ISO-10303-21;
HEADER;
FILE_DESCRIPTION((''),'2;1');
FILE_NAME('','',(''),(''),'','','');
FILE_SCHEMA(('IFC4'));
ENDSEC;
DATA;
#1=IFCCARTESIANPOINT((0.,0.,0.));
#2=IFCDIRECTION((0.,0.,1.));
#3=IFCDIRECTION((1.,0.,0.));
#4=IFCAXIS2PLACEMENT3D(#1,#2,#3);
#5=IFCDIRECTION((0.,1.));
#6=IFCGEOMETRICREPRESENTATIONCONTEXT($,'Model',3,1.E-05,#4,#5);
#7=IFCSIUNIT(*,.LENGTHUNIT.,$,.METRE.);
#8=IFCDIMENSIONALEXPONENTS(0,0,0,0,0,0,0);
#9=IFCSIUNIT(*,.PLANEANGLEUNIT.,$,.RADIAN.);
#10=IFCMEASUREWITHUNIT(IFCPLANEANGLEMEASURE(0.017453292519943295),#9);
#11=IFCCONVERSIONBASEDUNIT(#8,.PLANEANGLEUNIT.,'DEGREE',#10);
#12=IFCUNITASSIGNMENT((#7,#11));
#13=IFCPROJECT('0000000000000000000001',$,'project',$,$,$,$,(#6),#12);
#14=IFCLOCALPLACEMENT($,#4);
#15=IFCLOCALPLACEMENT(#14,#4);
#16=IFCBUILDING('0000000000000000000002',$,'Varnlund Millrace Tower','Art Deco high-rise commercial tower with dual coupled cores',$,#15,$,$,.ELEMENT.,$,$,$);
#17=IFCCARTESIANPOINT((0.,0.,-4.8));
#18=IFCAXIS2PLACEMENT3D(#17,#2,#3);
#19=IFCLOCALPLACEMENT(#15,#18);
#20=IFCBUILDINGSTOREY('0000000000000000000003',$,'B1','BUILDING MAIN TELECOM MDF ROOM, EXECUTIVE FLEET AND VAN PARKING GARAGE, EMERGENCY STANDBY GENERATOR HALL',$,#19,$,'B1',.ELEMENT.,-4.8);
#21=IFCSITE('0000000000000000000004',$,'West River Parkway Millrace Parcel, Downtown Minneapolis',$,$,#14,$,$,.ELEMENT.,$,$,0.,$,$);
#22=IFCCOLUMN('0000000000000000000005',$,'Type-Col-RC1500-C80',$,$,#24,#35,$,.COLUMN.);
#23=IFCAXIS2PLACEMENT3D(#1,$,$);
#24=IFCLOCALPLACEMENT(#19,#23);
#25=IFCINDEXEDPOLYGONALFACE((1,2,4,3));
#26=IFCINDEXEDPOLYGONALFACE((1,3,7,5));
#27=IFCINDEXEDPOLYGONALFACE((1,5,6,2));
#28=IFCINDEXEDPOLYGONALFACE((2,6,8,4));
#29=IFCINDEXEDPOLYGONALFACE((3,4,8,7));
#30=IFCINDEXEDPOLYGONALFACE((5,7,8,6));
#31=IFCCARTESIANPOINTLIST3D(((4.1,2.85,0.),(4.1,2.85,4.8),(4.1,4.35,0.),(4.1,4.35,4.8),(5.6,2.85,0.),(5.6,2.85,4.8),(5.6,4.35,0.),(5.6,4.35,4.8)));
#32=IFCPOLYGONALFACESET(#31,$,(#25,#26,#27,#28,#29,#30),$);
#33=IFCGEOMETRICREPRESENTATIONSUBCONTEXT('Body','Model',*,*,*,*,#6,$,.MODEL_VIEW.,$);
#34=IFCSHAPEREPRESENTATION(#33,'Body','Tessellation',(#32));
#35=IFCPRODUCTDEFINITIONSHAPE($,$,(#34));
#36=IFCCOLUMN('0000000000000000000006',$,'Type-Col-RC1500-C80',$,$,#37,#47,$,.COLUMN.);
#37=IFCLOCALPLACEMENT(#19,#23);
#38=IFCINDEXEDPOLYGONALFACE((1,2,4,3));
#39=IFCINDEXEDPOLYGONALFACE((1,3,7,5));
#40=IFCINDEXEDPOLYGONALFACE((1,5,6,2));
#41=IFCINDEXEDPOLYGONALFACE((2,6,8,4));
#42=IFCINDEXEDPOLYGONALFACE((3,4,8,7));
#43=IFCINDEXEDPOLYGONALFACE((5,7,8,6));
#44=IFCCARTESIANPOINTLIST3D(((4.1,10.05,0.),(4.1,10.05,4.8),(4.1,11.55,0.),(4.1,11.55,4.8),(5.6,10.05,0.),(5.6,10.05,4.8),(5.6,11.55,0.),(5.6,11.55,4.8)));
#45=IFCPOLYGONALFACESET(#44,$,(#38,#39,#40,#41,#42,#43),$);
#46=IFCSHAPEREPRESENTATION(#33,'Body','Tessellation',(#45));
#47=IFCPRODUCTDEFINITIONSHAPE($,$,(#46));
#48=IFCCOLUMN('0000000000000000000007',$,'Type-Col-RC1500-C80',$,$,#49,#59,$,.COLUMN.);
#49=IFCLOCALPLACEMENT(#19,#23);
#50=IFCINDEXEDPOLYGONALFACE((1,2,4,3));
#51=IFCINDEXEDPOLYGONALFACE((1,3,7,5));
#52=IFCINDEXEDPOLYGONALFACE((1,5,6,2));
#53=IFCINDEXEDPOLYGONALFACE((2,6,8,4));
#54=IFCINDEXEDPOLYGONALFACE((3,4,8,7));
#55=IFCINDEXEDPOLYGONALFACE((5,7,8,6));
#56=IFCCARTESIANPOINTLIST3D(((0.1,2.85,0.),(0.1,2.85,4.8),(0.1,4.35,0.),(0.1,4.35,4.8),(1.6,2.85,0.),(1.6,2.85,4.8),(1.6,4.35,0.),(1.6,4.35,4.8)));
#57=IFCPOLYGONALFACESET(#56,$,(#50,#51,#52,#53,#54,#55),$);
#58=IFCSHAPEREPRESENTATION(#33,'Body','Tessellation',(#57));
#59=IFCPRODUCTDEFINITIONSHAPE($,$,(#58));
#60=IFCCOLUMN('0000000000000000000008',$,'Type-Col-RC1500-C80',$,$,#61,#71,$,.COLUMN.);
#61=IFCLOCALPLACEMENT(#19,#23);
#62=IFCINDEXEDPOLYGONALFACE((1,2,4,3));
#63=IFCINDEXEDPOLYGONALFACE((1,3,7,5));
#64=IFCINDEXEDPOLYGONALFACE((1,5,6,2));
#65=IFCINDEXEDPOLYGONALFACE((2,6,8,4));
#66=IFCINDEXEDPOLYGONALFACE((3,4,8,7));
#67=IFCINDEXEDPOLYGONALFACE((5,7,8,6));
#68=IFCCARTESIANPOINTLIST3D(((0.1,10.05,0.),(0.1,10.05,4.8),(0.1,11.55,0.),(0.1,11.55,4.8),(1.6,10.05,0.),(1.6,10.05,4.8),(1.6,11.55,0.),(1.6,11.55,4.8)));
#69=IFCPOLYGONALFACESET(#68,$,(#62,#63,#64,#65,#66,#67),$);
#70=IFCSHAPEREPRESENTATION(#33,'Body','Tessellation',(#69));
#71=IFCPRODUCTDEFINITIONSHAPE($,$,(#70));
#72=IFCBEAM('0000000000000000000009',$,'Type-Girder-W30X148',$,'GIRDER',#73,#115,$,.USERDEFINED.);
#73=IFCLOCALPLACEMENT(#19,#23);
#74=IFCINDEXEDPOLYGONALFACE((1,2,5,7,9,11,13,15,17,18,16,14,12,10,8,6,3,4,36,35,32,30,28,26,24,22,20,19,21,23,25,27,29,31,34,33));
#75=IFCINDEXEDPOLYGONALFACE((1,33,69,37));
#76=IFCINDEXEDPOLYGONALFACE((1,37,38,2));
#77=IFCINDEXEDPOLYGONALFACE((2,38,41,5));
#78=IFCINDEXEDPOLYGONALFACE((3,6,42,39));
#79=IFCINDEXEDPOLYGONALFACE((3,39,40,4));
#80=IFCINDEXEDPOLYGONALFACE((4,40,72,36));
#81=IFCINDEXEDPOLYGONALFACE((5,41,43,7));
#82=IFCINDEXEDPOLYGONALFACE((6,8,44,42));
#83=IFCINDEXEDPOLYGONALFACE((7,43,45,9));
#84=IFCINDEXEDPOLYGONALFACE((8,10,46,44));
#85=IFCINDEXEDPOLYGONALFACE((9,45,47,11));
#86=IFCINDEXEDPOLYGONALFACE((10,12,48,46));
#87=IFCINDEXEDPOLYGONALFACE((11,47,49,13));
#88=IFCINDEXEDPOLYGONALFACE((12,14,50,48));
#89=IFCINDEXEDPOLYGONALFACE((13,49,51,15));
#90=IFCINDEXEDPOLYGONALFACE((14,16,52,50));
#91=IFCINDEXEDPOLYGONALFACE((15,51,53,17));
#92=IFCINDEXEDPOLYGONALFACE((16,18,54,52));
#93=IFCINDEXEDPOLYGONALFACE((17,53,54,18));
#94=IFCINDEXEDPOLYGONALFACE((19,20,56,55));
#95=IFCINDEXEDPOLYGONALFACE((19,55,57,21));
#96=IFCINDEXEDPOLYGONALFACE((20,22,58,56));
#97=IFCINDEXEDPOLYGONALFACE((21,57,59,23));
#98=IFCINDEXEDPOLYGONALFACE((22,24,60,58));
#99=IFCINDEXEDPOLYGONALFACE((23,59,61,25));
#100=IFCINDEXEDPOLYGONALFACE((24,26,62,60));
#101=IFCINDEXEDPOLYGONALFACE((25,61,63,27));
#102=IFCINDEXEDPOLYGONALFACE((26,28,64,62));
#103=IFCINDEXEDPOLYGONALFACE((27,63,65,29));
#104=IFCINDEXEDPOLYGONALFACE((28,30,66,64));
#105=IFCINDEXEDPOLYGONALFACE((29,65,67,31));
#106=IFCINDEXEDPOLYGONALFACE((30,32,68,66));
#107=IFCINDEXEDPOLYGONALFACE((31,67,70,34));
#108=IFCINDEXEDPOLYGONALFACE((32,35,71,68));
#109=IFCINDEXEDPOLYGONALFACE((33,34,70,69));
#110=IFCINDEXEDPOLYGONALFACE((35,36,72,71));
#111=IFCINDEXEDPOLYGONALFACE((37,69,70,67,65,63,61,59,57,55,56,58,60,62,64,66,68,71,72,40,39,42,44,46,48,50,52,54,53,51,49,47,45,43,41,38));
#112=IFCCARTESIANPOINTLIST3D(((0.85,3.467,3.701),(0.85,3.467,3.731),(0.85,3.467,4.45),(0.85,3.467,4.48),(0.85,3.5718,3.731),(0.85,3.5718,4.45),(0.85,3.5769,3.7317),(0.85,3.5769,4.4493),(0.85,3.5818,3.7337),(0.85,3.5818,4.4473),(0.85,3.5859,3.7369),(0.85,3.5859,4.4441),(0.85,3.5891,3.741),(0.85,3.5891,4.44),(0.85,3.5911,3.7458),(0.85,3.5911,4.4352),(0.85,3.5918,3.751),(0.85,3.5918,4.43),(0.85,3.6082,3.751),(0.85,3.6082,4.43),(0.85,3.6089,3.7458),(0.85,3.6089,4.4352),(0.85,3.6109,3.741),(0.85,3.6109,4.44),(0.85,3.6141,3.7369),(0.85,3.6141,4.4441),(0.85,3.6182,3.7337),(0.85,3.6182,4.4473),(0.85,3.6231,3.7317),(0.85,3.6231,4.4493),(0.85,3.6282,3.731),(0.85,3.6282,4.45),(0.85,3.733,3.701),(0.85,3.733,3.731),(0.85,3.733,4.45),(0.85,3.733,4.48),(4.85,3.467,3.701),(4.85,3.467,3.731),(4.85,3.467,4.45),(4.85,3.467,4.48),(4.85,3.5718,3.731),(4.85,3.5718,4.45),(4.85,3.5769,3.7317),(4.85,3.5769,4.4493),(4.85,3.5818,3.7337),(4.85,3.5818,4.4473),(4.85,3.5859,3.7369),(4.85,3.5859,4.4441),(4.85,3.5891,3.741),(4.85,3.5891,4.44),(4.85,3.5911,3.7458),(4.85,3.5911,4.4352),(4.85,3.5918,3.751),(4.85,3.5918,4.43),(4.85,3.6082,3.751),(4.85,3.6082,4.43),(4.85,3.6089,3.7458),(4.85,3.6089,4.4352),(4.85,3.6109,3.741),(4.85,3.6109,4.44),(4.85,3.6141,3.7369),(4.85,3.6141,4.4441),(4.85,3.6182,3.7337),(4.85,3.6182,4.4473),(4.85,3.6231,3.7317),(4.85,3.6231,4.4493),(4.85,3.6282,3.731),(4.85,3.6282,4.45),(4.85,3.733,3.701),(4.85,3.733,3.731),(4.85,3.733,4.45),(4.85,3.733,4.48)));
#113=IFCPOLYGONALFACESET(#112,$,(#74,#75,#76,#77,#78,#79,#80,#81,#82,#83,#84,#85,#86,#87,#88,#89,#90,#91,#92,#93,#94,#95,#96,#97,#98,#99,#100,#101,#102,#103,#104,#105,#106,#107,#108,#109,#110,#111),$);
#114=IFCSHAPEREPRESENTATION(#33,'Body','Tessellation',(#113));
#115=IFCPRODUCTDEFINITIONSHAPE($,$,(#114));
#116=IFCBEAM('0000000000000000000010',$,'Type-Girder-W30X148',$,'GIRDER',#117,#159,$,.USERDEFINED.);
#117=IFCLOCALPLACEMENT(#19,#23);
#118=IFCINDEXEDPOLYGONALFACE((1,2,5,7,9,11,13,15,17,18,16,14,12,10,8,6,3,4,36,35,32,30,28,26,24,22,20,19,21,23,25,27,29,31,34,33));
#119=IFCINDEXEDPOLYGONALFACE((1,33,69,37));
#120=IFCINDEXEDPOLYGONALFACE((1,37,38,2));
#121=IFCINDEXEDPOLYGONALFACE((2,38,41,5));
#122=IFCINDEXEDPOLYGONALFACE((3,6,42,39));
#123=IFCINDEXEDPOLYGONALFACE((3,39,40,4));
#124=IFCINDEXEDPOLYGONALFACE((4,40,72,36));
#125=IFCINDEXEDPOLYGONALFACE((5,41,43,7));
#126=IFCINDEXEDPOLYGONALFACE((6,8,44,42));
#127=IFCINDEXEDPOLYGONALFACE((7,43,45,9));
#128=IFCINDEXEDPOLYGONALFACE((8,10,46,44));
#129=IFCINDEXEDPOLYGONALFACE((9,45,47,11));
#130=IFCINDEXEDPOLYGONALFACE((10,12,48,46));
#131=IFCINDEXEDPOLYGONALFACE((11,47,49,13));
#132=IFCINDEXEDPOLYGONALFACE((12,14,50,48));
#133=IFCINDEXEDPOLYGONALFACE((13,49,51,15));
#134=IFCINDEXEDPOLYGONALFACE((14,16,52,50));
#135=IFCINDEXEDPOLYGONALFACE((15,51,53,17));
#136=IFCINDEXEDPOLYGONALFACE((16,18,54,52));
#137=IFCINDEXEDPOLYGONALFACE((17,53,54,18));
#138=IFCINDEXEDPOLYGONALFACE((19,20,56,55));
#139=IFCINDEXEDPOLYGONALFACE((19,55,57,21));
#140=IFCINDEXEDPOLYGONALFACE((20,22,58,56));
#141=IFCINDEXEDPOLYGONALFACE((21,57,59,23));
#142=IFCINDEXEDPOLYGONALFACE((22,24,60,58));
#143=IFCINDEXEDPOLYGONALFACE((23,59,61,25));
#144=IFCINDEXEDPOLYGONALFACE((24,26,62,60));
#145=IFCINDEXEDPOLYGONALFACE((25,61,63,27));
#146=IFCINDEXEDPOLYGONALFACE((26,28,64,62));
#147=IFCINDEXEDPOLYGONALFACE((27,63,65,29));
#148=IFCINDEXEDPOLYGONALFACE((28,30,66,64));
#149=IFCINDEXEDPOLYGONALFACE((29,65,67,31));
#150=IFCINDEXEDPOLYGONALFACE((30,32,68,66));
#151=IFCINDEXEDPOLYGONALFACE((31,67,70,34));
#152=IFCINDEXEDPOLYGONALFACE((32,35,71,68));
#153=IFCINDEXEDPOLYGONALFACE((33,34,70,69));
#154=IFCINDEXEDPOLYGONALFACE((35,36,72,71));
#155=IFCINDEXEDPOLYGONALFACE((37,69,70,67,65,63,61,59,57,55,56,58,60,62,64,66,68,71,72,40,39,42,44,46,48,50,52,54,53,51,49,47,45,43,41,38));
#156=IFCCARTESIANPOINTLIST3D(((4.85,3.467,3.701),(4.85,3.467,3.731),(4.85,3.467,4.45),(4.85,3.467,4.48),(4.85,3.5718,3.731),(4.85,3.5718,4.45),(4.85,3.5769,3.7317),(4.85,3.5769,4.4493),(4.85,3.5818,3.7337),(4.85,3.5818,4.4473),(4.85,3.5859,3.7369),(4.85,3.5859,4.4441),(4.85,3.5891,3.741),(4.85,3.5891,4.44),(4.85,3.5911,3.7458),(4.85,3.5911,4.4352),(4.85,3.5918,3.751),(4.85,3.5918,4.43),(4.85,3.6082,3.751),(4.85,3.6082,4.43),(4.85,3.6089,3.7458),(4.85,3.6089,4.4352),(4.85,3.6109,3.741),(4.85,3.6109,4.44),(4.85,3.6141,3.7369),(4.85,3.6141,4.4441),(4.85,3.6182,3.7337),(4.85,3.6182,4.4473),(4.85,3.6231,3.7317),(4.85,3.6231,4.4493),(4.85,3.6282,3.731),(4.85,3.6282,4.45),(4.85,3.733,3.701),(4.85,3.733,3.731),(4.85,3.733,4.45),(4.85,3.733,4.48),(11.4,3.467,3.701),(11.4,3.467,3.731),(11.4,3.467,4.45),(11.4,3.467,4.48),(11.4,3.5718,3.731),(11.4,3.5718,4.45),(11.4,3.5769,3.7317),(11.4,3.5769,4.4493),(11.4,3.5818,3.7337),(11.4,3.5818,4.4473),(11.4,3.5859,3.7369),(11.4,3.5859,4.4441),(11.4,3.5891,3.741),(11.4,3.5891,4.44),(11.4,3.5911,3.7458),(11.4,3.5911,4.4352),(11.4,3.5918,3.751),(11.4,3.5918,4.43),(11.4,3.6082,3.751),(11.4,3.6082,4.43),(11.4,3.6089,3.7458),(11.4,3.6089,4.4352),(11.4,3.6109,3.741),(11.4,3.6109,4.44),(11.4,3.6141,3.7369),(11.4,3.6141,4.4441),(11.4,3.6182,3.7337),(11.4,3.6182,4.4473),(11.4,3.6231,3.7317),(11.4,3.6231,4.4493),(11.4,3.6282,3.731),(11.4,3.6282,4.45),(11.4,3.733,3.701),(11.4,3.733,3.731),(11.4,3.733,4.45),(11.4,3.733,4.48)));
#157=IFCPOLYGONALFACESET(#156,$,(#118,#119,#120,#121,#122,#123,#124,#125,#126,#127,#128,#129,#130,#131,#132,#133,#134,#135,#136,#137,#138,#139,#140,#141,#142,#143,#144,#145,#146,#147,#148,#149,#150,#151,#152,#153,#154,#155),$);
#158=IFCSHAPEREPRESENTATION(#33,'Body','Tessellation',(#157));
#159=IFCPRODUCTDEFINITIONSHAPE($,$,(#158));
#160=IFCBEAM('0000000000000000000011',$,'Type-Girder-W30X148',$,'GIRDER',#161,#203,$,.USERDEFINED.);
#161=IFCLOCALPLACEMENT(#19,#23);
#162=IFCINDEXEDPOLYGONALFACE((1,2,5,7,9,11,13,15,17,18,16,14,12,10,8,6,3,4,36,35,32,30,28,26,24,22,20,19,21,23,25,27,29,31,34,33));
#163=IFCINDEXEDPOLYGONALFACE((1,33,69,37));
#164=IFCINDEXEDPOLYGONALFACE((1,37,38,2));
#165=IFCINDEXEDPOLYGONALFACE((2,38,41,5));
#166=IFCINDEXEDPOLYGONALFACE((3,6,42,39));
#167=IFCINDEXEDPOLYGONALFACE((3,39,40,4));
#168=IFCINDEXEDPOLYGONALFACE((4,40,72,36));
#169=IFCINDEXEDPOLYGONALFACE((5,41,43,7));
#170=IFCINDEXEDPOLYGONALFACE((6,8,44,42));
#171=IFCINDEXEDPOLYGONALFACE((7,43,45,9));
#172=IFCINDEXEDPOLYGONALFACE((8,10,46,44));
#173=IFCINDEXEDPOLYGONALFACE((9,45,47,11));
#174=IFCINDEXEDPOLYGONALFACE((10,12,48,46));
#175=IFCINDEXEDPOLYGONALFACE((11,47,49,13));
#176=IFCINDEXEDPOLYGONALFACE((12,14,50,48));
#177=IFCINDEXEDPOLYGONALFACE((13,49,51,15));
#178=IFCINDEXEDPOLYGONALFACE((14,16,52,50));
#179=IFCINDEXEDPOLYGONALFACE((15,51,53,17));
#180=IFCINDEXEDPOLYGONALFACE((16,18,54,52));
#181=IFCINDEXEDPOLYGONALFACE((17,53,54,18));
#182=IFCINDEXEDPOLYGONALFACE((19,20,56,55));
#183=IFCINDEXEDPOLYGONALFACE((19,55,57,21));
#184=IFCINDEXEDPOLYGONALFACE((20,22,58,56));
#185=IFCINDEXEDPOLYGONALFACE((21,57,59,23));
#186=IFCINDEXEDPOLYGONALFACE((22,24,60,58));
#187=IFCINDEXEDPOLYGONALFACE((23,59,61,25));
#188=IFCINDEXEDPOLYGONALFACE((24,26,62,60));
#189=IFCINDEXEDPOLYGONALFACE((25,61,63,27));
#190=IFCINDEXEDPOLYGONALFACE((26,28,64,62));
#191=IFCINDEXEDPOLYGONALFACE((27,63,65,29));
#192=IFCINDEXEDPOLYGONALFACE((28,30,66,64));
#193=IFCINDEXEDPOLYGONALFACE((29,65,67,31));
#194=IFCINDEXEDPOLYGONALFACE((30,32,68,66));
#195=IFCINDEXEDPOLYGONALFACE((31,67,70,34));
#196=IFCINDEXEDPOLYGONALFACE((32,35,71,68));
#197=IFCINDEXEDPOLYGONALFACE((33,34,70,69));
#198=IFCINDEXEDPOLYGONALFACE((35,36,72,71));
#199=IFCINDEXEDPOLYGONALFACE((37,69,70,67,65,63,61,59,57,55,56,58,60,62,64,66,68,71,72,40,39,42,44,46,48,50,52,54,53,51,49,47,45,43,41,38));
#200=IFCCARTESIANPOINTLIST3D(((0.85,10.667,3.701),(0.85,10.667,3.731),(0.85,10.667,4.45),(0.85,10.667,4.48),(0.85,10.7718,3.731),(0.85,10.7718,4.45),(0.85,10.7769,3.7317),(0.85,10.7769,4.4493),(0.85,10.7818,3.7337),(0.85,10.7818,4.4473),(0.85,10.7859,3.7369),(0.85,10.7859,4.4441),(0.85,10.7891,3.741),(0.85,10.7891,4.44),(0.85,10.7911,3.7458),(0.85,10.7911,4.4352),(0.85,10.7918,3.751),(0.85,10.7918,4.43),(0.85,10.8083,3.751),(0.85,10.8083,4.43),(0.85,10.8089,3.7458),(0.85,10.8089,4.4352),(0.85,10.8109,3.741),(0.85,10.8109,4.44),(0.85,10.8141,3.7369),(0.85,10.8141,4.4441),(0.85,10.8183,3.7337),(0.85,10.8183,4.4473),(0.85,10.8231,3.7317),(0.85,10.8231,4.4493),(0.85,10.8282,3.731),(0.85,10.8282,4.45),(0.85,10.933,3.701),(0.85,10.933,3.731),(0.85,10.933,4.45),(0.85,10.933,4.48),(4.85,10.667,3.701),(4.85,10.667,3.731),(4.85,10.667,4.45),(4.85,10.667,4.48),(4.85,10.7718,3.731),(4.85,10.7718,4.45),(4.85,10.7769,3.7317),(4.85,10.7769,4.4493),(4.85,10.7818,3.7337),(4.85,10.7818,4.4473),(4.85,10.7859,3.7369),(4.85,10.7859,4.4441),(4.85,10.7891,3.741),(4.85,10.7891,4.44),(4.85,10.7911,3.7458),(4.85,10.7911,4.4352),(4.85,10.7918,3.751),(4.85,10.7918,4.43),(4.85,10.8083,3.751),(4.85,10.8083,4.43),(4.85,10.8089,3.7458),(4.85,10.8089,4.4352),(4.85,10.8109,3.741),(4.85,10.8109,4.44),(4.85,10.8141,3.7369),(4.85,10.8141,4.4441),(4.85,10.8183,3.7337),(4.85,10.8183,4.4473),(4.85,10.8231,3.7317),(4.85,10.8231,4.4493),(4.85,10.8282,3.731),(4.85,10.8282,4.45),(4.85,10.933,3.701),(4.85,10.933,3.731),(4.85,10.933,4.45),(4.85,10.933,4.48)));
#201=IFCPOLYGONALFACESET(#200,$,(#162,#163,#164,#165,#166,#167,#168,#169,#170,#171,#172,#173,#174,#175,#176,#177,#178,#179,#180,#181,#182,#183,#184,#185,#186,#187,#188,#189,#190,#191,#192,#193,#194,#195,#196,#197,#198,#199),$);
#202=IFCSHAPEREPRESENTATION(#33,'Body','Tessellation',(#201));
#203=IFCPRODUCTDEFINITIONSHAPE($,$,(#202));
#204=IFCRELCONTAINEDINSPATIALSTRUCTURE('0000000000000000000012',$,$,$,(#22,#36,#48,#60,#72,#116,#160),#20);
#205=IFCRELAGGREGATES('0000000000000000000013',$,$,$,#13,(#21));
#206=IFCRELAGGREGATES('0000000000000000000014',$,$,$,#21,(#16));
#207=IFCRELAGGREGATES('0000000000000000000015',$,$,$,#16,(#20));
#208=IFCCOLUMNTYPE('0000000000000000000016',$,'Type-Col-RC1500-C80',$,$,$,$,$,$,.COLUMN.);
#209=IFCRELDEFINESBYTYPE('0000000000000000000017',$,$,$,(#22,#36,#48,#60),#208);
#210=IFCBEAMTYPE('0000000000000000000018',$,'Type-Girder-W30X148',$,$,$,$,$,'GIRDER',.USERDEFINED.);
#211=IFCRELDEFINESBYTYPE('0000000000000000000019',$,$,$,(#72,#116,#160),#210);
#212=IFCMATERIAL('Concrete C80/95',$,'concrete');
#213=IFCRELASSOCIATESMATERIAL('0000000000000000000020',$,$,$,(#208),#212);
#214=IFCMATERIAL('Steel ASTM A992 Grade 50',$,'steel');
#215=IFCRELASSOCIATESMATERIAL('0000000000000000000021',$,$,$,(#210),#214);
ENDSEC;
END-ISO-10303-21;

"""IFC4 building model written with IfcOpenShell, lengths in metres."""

from ifc_helpers import new_model, entity, si_unit, converted_unit, direction, frame, origin_with_axes, origin_2d_with_axis, place, context, subcontext, project, spatial, rectangle, i_section, extrude, material, material_profile, profile_set, type_object, element, save


model = new_model("IFC4")

# Units and contexts
model_context = context("Model", 3, precision=1e-05, world=origin_with_axes(), true_north=direction((0.0, 1.0)))
body_context = subcontext(model_context, "Body", "Model", "MODEL_VIEW")
ifc_project = project(units=[si_unit("LENGTHUNIT", "METRE"), converted_unit("PLANEANGLEUNIT", "DEGREE", entity("IfcPlaneAngleMeasure", 0.017453292519943295), si_unit("PLANEANGLEUNIT", "RADIAN"), dimensions=[0, 0, 0, 0, 0, 0, 0])], contexts=[model_context])

# Site, building, storey
site_placement = place(None, origin_with_axes())
site = spatial("IfcSite", under=ifc_project, at=site_placement, Name="West River Parkway Millrace Parcel, Downtown Minneapolis", CompositionType="ELEMENT", RefElevation=0.0)
building_placement = place(site_placement, origin_with_axes())
building = spatial("IfcBuilding", under=site, at=building_placement, Name="Varnlund Millrace Tower", Description="Art Deco high-rise commercial tower with dual coupled cores", CompositionType="ELEMENT")
storey_placement = place(building_placement, frame((0.0, 0.0, -4.8), z_axis=(0.0, 0.0, 1.0), x_axis=(1.0, 0.0, 0.0)))
storey = spatial("IfcBuildingStorey", under=building, at=storey_placement, Name="B1", Description="BUILDING MAIN TELECOM MDF ROOM, EXECUTIVE FLEET AND VAN PARKING GARAGE, EMERGENCY STANDBY GENERATOR HALL", LongName="B1", CompositionType="ELEMENT", Elevation=-4.8)

# Columns
ifc_material_1 = material(Name="Concrete C80/95", Category="concrete")
ifc_material_profile_1 = material_profile(ifc_material_1, rectangle(XDim=1.5, YDim=1.5, at=origin_2d_with_axis()), Name="Concrete C80/95")
ifc_profile_set_1 = profile_set([ifc_material_profile_1], Name="Concrete C80/95")
column_type = type_object("IfcColumnType", Name="Type-Col-RC1500-C80", PredefinedType="COLUMN", material=ifc_profile_set_1)
for number, where, z_axis, x_axis, name in (
    (1, (4.85, 3.6, 0.0), (0.0, 0.0, 1.0), (1.0, 0.0, 0.0), "Type-Col-RC1500-C80"),
    (2, (4.85, 10.8, 0.0), (0.0, 0.0, 1.0), (1.0, 0.0, 0.0), "Type-Col-RC1500-C80"),
    (3, (0.85, 3.6, 0.0), (0.0, 0.0, 1.0), (1.0, 0.0, 0.0), "Type-Col-RC1500-C80"),
    (4, (0.85, 10.8, 0.0), (0.0, 0.0, 1.0), (1.0, 0.0, 0.0), "Type-Col-RC1500-C80"),
):
    element("IfcColumn", number, at=place(storey_placement, frame(where, z_axis=z_axis, x_axis=x_axis)), inside=storey, type_object=column_type, Name=name, PredefinedType="COLUMN", context=body_context, shape_type="SweptSolid", body=[
        extrude(rectangle(XDim=1.5, YDim=1.5, at=origin_2d_with_axis()), origin_with_axes(), (0.0, 0.0, 1.0), 4.8),
    ])

# Beams
ifc_material_2 = material(Name="Steel ASTM A992 Grade 50", Category="steel")
ifc_material_profile_2 = material_profile(ifc_material_2, i_section(OverallWidth=0.266, OverallDepth=0.779, WebThickness=0.0165, FlangeThickness=0.03, FilletRadius=0.02, at=origin_2d_with_axis()), Name="Steel ASTM A992 Grade 50")
ifc_profile_set_2 = profile_set([ifc_material_profile_2], Name="Steel ASTM A992 Grade 50")
beam_type_1 = type_object("IfcBeamType", Name="Type-Girder-W30X148", ElementType="GIRDER", PredefinedType="USERDEFINED", material=ifc_profile_set_2)
beam_1_placement = place(storey_placement, frame((0.85, 3.6, 4.0905), z_axis=(1.0, 0.0, 0.0), x_axis=(0.0, 1.0, 0.0)))
element("IfcBeam", 5, at=beam_1_placement, inside=storey, type_object=beam_type_1, Name="Type-Girder-W30X148", ObjectType="GIRDER", PredefinedType="USERDEFINED", context=body_context, shape_type="SweptSolid", body=[
    extrude(i_section(OverallWidth=0.266, OverallDepth=0.779, WebThickness=0.0165, FlangeThickness=0.03, FilletRadius=0.02, at=origin_2d_with_axis()), origin_with_axes(), (0.0, 0.0, 1.0), 4.0),
])
beam_2_placement = place(storey_placement, frame((4.85, 3.6, 4.0905), z_axis=(1.0, 0.0, 0.0), x_axis=(0.0, 1.0, 0.0)))
element("IfcBeam", 6, at=beam_2_placement, inside=storey, type_object=beam_type_1, Name="Type-Girder-W30X148", ObjectType="GIRDER", PredefinedType="USERDEFINED", context=body_context, shape_type="SweptSolid", body=[
    extrude(i_section(OverallWidth=0.266, OverallDepth=0.779, WebThickness=0.0165, FlangeThickness=0.03, FilletRadius=0.02, at=origin_2d_with_axis()), origin_with_axes(), (0.0, 0.0, 1.0), 6.55),
])
beam_3_placement = place(storey_placement, frame((0.85, 10.8, 4.0905), z_axis=(1.0, 0.0, 0.0), x_axis=(0.0, 1.0, 0.0)))
element("IfcBeam", 7, at=beam_3_placement, inside=storey, type_object=beam_type_1, Name="Type-Girder-W30X148", ObjectType="GIRDER", PredefinedType="USERDEFINED", context=body_context, shape_type="SweptSolid", body=[
    extrude(i_section(OverallWidth=0.266, OverallDepth=0.779, WebThickness=0.0165, FlangeThickness=0.03, FilletRadius=0.02, at=origin_2d_with_axis()), origin_with_axes(), (0.0, 0.0, 1.0), 4.0),
])

save(model, "model.ifc")
